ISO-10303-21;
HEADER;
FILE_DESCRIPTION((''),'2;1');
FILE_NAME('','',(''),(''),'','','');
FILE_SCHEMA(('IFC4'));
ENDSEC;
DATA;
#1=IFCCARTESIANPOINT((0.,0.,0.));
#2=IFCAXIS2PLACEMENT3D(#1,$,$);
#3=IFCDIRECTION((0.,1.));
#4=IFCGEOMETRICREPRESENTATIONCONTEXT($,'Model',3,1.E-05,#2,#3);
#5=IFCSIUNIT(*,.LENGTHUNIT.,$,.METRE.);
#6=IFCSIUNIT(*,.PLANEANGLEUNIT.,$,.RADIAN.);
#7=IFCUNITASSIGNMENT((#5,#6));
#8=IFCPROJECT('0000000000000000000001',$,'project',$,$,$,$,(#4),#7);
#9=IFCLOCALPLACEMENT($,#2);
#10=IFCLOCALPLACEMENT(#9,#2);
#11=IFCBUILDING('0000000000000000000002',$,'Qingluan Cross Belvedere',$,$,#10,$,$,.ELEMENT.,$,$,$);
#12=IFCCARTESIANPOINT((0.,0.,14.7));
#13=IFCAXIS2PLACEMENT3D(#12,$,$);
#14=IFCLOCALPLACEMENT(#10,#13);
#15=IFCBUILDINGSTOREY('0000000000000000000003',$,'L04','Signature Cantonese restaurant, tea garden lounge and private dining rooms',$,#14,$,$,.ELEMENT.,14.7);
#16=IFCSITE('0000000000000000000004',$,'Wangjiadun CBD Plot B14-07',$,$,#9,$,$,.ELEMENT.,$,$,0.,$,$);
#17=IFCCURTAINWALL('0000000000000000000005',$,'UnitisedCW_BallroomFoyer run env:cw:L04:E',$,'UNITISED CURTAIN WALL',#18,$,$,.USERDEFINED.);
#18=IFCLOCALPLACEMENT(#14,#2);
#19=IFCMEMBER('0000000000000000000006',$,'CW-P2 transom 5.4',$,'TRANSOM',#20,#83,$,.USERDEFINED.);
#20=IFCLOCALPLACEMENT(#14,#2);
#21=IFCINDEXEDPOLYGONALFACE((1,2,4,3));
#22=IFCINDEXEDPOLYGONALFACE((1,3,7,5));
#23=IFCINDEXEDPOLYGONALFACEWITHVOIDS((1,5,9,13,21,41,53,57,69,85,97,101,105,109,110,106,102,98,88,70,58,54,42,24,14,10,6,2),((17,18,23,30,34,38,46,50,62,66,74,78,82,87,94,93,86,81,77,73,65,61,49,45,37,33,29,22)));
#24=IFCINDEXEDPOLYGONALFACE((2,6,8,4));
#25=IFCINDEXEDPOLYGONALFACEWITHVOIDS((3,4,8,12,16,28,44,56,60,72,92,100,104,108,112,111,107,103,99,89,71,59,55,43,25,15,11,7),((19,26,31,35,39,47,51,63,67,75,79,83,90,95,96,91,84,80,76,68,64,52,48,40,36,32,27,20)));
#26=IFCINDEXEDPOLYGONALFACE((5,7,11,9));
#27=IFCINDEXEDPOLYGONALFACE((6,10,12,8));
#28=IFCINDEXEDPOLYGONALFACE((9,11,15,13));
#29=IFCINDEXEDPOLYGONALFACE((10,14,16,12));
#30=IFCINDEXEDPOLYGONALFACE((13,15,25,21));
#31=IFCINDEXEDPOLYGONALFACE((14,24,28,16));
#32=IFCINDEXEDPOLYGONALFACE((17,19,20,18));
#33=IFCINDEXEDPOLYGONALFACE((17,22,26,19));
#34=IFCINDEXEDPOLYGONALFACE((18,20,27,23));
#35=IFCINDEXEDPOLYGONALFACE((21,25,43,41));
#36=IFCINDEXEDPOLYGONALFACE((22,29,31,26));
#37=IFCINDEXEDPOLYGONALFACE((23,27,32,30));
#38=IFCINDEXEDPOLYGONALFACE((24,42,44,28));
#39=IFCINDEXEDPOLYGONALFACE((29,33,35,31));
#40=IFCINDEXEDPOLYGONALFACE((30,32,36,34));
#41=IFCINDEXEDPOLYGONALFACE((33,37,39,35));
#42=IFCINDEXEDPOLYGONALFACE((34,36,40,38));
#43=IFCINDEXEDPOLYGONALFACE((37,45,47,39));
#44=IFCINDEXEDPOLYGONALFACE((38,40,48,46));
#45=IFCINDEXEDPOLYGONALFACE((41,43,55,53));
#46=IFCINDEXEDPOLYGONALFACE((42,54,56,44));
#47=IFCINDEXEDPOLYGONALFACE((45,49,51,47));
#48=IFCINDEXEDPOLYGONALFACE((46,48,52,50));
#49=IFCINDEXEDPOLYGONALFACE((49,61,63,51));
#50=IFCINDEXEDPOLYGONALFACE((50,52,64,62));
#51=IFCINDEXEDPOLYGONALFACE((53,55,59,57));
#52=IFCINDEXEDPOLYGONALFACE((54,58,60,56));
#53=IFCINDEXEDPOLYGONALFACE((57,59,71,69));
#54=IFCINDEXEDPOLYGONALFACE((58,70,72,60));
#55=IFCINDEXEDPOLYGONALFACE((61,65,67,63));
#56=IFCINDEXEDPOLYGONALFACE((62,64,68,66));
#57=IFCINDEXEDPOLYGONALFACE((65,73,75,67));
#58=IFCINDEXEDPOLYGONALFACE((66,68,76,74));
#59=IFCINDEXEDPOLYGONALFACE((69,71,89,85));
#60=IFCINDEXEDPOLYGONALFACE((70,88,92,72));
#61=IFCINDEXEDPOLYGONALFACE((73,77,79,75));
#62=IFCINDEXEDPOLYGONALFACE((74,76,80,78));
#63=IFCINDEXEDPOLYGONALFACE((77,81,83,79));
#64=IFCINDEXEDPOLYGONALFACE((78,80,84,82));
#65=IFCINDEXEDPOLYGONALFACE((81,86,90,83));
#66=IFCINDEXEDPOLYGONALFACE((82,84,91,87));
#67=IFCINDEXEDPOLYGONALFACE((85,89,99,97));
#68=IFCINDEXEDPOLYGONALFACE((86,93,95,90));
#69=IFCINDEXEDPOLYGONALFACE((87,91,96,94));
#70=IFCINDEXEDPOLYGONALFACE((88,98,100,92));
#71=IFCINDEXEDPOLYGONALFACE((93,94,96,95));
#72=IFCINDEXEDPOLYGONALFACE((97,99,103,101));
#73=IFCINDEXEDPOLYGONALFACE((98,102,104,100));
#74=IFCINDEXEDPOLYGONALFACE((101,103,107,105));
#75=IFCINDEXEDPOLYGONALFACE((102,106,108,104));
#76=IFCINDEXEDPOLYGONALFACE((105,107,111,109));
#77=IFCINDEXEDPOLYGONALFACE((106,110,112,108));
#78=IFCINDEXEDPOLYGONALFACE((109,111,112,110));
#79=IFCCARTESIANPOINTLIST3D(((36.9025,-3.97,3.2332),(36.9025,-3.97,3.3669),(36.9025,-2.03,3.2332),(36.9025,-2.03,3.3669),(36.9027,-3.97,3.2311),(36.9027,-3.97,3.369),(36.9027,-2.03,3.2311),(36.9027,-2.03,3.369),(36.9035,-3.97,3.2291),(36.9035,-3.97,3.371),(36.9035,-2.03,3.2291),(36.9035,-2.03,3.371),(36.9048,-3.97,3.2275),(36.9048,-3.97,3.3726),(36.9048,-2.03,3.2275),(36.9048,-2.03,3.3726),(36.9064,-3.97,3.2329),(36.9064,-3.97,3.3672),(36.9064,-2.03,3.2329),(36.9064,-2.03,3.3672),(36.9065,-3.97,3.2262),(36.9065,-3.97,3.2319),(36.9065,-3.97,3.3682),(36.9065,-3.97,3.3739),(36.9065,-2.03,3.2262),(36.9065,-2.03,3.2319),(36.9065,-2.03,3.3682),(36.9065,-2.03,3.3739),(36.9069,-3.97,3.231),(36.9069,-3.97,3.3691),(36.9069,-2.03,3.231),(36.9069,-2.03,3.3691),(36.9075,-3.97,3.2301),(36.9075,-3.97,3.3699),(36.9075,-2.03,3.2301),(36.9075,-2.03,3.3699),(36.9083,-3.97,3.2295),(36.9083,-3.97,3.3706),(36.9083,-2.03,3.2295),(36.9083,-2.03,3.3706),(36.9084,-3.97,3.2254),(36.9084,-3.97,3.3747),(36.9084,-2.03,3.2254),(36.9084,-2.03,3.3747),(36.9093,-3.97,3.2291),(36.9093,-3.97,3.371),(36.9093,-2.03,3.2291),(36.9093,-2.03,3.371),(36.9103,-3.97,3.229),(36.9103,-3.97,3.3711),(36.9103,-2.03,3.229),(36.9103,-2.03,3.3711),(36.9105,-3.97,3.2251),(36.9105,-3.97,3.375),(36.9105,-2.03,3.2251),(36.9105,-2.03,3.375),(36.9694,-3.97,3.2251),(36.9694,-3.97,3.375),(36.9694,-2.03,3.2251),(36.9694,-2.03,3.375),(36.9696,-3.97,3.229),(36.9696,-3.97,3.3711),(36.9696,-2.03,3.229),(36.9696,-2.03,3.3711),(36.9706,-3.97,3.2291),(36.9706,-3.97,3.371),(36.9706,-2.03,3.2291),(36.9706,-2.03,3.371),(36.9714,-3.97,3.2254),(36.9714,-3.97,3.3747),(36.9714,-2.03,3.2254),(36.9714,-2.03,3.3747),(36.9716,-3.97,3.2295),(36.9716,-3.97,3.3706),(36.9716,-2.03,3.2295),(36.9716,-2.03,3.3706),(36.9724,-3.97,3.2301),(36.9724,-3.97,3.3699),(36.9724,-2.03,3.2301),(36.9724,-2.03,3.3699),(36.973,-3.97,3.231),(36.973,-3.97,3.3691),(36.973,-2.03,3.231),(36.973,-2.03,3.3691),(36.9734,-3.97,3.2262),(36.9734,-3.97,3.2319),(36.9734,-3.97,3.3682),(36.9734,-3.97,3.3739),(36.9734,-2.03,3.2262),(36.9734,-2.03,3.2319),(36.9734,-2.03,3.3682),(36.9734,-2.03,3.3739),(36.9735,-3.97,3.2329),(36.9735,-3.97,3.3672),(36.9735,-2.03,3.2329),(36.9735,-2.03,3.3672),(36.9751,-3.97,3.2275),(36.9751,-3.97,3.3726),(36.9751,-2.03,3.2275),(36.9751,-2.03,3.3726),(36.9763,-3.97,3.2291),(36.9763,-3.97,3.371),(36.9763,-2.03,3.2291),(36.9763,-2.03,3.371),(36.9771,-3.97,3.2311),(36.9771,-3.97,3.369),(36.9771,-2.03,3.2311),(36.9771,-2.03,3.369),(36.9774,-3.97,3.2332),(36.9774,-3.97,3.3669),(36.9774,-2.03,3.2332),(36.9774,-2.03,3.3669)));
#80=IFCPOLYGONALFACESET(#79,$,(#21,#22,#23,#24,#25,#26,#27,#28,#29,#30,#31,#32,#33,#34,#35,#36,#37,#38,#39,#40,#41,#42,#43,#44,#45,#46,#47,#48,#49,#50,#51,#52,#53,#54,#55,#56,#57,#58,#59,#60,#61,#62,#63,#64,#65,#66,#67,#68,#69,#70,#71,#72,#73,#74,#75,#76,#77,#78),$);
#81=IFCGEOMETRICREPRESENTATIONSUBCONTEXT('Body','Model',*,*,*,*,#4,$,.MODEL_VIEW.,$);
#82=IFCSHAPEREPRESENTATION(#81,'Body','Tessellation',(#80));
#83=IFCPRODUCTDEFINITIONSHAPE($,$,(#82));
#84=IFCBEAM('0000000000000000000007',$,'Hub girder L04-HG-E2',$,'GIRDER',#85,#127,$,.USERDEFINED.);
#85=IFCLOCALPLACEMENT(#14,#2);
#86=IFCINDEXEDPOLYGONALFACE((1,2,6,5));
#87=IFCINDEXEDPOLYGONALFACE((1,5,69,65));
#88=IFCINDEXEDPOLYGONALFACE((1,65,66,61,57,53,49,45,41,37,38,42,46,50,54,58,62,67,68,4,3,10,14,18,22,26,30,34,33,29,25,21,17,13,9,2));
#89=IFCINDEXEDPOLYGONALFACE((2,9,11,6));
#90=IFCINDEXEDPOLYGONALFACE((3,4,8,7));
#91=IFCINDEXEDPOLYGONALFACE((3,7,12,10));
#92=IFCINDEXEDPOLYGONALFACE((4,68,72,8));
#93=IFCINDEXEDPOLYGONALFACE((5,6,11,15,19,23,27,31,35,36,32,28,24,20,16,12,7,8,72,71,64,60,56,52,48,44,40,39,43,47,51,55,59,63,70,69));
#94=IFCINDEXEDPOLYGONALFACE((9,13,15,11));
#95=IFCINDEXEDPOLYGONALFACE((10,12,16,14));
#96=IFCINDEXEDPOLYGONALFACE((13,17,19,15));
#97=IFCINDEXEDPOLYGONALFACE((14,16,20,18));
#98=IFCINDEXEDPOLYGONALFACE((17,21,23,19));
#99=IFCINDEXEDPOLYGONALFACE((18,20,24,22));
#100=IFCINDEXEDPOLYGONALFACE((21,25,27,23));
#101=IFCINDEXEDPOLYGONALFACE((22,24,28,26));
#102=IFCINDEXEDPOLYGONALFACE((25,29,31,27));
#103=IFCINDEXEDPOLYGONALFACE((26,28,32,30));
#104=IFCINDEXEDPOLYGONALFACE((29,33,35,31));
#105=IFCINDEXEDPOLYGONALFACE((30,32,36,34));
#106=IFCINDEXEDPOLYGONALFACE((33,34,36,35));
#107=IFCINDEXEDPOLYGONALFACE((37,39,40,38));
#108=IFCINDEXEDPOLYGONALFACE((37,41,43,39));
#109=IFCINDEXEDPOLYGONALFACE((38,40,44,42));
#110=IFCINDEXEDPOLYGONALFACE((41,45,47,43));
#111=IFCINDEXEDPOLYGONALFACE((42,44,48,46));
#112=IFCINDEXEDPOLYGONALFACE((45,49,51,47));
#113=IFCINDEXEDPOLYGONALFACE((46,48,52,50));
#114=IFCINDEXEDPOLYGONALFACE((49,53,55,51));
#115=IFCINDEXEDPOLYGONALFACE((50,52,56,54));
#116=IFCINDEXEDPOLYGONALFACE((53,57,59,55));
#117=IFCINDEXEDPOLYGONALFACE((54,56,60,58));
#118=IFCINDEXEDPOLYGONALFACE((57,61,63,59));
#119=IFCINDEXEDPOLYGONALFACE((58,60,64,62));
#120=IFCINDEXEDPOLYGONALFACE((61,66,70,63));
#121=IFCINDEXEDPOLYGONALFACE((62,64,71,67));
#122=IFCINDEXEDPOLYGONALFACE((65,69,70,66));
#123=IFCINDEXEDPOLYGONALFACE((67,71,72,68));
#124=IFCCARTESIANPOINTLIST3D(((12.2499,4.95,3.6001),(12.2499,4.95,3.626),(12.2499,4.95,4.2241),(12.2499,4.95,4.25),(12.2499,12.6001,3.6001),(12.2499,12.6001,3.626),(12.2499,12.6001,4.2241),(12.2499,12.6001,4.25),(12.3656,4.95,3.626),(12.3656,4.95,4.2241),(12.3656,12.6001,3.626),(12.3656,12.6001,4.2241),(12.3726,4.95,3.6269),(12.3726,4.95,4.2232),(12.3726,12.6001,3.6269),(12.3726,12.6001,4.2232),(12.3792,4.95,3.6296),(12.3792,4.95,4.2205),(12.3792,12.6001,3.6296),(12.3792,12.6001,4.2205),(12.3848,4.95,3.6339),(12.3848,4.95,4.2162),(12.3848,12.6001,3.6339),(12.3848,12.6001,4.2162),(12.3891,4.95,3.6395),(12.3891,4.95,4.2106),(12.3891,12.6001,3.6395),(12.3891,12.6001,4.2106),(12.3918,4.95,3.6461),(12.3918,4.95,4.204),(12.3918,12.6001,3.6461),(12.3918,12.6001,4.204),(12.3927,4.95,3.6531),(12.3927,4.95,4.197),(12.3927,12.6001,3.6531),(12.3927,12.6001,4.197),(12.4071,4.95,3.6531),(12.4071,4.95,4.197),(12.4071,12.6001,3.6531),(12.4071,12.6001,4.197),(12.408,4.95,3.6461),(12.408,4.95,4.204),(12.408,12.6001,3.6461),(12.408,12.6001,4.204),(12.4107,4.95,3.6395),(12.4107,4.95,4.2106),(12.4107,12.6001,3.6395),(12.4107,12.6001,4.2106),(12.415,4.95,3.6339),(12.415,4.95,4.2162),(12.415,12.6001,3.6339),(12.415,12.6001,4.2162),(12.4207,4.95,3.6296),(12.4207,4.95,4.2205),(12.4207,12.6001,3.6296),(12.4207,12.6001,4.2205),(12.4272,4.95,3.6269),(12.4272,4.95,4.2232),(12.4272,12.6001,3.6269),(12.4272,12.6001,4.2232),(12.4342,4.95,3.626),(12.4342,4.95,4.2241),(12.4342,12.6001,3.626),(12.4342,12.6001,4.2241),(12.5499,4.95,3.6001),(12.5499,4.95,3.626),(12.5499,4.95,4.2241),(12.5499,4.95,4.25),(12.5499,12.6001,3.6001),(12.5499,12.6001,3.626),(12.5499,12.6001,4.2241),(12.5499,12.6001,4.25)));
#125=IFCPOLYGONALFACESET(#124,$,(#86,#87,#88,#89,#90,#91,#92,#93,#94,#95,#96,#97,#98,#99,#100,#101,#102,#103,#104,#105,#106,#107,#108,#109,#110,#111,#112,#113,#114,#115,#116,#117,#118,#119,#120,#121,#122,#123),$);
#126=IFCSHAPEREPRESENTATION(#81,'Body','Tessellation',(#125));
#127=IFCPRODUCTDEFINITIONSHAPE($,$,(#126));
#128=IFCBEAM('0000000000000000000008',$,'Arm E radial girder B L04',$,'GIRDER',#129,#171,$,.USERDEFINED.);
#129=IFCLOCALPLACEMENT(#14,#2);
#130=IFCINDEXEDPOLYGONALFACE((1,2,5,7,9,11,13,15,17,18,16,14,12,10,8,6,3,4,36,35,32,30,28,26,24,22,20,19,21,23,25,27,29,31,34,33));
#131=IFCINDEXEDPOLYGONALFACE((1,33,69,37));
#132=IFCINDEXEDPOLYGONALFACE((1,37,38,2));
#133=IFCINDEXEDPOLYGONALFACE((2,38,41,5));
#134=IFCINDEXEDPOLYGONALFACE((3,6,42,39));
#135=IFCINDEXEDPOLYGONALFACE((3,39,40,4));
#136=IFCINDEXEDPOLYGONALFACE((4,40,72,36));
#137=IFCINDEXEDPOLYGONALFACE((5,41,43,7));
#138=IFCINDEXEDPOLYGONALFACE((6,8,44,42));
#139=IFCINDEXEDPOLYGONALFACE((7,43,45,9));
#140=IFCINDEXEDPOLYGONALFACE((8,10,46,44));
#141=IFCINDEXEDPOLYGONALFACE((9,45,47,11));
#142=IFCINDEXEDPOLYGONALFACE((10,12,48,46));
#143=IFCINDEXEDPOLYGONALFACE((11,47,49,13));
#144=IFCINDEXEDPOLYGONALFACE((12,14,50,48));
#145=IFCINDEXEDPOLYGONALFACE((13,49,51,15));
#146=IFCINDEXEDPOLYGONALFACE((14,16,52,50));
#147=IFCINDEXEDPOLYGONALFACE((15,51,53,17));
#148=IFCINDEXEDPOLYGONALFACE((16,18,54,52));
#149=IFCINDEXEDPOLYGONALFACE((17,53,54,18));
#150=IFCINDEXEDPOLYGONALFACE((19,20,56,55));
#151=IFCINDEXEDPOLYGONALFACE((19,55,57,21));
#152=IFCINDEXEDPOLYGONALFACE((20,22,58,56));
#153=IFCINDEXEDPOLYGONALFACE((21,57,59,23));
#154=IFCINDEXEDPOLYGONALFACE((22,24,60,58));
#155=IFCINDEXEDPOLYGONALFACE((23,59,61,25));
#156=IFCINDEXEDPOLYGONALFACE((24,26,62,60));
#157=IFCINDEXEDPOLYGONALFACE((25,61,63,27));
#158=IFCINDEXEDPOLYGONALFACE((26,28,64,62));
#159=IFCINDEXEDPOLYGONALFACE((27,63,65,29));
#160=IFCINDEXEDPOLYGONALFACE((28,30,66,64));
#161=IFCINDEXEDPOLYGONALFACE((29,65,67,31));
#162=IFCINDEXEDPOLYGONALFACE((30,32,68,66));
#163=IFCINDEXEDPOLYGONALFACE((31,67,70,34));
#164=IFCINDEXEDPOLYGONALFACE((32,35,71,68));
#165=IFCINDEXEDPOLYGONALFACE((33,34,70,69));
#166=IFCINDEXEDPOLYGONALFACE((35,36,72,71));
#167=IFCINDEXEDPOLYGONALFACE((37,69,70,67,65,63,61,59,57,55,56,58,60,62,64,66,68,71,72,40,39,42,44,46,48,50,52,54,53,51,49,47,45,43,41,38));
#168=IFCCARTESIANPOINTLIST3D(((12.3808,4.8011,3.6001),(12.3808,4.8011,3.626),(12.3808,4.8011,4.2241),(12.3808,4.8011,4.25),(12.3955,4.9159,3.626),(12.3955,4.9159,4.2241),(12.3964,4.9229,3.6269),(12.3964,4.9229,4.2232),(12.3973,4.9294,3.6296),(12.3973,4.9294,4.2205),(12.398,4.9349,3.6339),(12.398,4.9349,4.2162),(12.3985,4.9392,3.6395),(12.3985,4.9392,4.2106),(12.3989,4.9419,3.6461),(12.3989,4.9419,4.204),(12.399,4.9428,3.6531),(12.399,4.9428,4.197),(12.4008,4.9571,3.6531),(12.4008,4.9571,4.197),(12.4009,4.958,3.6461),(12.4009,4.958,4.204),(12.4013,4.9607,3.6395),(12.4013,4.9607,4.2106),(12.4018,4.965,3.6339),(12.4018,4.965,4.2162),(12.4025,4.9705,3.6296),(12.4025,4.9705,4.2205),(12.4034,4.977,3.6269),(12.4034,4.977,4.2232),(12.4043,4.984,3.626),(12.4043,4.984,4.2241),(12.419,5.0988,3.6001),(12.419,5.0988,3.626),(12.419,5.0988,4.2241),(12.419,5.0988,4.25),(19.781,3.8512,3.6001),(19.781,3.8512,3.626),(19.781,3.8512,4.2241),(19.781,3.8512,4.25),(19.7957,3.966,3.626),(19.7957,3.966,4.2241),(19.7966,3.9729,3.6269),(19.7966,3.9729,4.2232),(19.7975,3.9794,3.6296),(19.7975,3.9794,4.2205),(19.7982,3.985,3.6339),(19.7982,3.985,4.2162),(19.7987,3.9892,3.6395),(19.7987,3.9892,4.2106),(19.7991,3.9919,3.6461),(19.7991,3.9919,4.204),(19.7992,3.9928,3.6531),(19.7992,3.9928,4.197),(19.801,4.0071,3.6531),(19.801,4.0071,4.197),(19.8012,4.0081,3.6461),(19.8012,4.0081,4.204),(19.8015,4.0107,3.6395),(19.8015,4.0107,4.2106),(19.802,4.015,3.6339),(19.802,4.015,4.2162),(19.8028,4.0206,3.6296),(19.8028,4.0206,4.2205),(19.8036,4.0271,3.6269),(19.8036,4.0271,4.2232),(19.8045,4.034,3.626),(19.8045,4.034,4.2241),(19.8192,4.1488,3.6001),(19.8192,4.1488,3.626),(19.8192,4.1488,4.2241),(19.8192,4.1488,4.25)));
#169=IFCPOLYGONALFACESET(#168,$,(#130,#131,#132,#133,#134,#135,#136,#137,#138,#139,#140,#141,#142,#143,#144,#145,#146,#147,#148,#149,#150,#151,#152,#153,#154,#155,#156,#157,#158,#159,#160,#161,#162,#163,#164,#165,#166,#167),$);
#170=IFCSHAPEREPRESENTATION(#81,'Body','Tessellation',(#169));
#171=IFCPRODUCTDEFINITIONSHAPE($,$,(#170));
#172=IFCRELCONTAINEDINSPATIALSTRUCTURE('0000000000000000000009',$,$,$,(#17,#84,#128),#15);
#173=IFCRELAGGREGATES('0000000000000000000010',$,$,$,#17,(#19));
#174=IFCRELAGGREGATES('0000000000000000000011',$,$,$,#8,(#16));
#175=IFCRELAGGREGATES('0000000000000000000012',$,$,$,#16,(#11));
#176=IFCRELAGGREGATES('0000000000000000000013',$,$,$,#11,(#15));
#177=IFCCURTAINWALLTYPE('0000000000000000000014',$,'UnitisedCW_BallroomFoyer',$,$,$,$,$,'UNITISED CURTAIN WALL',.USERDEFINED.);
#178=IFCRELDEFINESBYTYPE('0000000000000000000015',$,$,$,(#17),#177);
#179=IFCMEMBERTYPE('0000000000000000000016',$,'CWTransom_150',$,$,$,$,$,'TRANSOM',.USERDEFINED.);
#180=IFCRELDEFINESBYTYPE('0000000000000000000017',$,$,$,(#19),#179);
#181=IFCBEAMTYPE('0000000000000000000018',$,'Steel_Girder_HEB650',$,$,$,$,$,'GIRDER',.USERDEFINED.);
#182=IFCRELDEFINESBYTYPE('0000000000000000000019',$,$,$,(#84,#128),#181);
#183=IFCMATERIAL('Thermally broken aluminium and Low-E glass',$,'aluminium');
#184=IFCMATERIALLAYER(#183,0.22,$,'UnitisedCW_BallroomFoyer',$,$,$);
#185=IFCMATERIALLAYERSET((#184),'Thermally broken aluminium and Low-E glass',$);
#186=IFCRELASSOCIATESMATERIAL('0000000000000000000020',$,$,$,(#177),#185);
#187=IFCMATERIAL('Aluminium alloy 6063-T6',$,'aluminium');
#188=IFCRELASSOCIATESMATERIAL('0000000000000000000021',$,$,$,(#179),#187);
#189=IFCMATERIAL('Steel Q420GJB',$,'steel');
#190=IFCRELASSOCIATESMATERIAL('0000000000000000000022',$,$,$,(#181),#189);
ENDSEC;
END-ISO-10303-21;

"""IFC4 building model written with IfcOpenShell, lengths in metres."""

from ifc_helpers import new_model, si_unit, direction, frame, origin, origin_2d, place, context, subcontext, project, spatial, hollow_rectangle, i_section, extrude, material, layer, layer_set, material_profile, profile_set, type_object, element, aggregate, save


model = new_model("IFC4")

# Units and contexts
model_context = context("Model", 3, precision=1e-05, world=origin(), true_north=direction((0.0, 1.0)))
body_context = subcontext(model_context, "Body", "Model", "MODEL_VIEW")
ifc_project = project(units=[si_unit("LENGTHUNIT", "METRE"), si_unit("PLANEANGLEUNIT", "RADIAN")], contexts=[model_context])

# Site, building, storey
site_placement = place(None, origin())
site = spatial("IfcSite", under=ifc_project, at=site_placement, Name="Wangjiadun CBD Plot B14-07", CompositionType="ELEMENT", RefElevation=0.0)
building_placement = place(site_placement, origin())
building = spatial("IfcBuilding", under=site, at=building_placement, Name="Qingluan Cross Belvedere", CompositionType="ELEMENT")
storey_placement = place(building_placement, frame((0.0, 0.0, 14.7)))
storey = spatial("IfcBuildingStorey", under=building, at=storey_placement, Name="L04", Description="Signature Cantonese restaurant, tea garden lounge and private dining rooms", CompositionType="ELEMENT", Elevation=14.7)

# Curtain wall, member
ifc_material_1 = material(Name="Thermally broken aluminium and Low-E glass", Category="aluminium")
ifc_layer_1 = layer(ifc_material_1, 0.22, Name="UnitisedCW_BallroomFoyer")
ifc_layer_set_1 = layer_set([ifc_layer_1], Name="Thermally broken aluminium and Low-E glass")
curtain_wall_type = type_object("IfcCurtainWallType", Name="UnitisedCW_BallroomFoyer", ElementType="UNITISED CURTAIN WALL", PredefinedType="USERDEFINED", material=ifc_layer_set_1)
curtain_wall_placement = place(storey_placement, origin())
curtain_wall = element("IfcCurtainWall", 1, at=curtain_wall_placement, inside=storey, type_object=curtain_wall_type, Name="UnitisedCW_BallroomFoyer run env:cw:L04:E", ObjectType="UNITISED CURTAIN WALL", PredefinedType="USERDEFINED")
ifc_material_2 = material(Name="Aluminium alloy 6063-T6", Category="aluminium")
ifc_material_profile_1 = material_profile(ifc_material_2, hollow_rectangle(XDim=0.075, YDim=0.1499, WallThickness=0.0039, InnerFilletRadius=0.0039, OuterFilletRadius=0.0081, at=origin_2d()), Name="CWT150x75x4")
ifc_profile_set_1 = profile_set([ifc_material_profile_1], Name="Aluminium alloy 6063-T6")
member_type_1 = type_object("IfcMemberType", Name="CWTransom_150", ElementType="TRANSOM", PredefinedType="USERDEFINED", material=ifc_profile_set_1)
member_1_placement = place(storey_placement, frame((36.9399, -2.03, 3.3), z_axis=(0.0, -1.0, 0.0), x_axis=(1.0, 0.0, 0.0)))
member_1 = element("IfcMember", 2, at=member_1_placement, type_object=member_type_1, Name="CW-P2 transom 5.4", ObjectType="TRANSOM", PredefinedType="USERDEFINED", context=body_context, shape_type="SweptSolid", body=[
    extrude(hollow_rectangle(XDim=0.075, YDim=0.1499, WallThickness=0.0039, InnerFilletRadius=0.0039, OuterFilletRadius=0.0081, at=origin_2d()), origin(), (0.0, 0.0, 1.0), 1.9399),
])
aggregate(curtain_wall, [member_1])

# Beams
ifc_material_3 = material(Name="Steel Q420GJB", Category="steel")
ifc_material_profile_2 = material_profile(ifc_material_3, i_section(OverallWidth=0.3, OverallDepth=0.6499, WebThickness=0.0144, FlangeThickness=0.0259, FilletRadius=0.0271, at=origin_2d()), Name="HEB650")
ifc_profile_set_2 = profile_set([ifc_material_profile_2], Name="Steel Q420GJB")
beam_type = type_object("IfcBeamType", Name="Steel_Girder_HEB650", ElementType="GIRDER", PredefinedType="USERDEFINED", material=ifc_profile_set_2)
beam_1_placement = place(storey_placement, frame((12.3999, 4.95, 3.925), z_axis=(0.0, 1.0, 0.0), x_axis=(-1.0, 0.0, 0.0)))
element("IfcBeam", 3, at=beam_1_placement, inside=storey, type_object=beam_type, Name="Hub girder L04-HG-E2", ObjectType="GIRDER", PredefinedType="USERDEFINED", context=body_context, shape_type="SweptSolid", body=[
    extrude(i_section(OverallWidth=0.3, OverallDepth=0.6499, WebThickness=0.0144, FlangeThickness=0.0259, FilletRadius=0.0271, at=origin_2d()), origin(), (0.0, 0.0, 1.0), 7.6501),
])
beam_2_placement = place(storey_placement, frame((12.3999, 4.95, 3.925), z_axis=(0.991861, -0.127324, 0.0), x_axis=(0.127324, 0.991861, 0.0)))
element("IfcBeam", 4, at=beam_2_placement, inside=storey, type_object=beam_type, Name="Arm E radial girder B L04", ObjectType="GIRDER", PredefinedType="USERDEFINED", context=body_context, shape_type="SweptSolid", body=[
    extrude(i_section(OverallWidth=0.3, OverallDepth=0.6499, WebThickness=0.0144, FlangeThickness=0.0259, FilletRadius=0.0271, at=origin_2d()), origin(), (0.0, 0.0, 1.0), 7.4609),
])

save(model, "model.ifc")
